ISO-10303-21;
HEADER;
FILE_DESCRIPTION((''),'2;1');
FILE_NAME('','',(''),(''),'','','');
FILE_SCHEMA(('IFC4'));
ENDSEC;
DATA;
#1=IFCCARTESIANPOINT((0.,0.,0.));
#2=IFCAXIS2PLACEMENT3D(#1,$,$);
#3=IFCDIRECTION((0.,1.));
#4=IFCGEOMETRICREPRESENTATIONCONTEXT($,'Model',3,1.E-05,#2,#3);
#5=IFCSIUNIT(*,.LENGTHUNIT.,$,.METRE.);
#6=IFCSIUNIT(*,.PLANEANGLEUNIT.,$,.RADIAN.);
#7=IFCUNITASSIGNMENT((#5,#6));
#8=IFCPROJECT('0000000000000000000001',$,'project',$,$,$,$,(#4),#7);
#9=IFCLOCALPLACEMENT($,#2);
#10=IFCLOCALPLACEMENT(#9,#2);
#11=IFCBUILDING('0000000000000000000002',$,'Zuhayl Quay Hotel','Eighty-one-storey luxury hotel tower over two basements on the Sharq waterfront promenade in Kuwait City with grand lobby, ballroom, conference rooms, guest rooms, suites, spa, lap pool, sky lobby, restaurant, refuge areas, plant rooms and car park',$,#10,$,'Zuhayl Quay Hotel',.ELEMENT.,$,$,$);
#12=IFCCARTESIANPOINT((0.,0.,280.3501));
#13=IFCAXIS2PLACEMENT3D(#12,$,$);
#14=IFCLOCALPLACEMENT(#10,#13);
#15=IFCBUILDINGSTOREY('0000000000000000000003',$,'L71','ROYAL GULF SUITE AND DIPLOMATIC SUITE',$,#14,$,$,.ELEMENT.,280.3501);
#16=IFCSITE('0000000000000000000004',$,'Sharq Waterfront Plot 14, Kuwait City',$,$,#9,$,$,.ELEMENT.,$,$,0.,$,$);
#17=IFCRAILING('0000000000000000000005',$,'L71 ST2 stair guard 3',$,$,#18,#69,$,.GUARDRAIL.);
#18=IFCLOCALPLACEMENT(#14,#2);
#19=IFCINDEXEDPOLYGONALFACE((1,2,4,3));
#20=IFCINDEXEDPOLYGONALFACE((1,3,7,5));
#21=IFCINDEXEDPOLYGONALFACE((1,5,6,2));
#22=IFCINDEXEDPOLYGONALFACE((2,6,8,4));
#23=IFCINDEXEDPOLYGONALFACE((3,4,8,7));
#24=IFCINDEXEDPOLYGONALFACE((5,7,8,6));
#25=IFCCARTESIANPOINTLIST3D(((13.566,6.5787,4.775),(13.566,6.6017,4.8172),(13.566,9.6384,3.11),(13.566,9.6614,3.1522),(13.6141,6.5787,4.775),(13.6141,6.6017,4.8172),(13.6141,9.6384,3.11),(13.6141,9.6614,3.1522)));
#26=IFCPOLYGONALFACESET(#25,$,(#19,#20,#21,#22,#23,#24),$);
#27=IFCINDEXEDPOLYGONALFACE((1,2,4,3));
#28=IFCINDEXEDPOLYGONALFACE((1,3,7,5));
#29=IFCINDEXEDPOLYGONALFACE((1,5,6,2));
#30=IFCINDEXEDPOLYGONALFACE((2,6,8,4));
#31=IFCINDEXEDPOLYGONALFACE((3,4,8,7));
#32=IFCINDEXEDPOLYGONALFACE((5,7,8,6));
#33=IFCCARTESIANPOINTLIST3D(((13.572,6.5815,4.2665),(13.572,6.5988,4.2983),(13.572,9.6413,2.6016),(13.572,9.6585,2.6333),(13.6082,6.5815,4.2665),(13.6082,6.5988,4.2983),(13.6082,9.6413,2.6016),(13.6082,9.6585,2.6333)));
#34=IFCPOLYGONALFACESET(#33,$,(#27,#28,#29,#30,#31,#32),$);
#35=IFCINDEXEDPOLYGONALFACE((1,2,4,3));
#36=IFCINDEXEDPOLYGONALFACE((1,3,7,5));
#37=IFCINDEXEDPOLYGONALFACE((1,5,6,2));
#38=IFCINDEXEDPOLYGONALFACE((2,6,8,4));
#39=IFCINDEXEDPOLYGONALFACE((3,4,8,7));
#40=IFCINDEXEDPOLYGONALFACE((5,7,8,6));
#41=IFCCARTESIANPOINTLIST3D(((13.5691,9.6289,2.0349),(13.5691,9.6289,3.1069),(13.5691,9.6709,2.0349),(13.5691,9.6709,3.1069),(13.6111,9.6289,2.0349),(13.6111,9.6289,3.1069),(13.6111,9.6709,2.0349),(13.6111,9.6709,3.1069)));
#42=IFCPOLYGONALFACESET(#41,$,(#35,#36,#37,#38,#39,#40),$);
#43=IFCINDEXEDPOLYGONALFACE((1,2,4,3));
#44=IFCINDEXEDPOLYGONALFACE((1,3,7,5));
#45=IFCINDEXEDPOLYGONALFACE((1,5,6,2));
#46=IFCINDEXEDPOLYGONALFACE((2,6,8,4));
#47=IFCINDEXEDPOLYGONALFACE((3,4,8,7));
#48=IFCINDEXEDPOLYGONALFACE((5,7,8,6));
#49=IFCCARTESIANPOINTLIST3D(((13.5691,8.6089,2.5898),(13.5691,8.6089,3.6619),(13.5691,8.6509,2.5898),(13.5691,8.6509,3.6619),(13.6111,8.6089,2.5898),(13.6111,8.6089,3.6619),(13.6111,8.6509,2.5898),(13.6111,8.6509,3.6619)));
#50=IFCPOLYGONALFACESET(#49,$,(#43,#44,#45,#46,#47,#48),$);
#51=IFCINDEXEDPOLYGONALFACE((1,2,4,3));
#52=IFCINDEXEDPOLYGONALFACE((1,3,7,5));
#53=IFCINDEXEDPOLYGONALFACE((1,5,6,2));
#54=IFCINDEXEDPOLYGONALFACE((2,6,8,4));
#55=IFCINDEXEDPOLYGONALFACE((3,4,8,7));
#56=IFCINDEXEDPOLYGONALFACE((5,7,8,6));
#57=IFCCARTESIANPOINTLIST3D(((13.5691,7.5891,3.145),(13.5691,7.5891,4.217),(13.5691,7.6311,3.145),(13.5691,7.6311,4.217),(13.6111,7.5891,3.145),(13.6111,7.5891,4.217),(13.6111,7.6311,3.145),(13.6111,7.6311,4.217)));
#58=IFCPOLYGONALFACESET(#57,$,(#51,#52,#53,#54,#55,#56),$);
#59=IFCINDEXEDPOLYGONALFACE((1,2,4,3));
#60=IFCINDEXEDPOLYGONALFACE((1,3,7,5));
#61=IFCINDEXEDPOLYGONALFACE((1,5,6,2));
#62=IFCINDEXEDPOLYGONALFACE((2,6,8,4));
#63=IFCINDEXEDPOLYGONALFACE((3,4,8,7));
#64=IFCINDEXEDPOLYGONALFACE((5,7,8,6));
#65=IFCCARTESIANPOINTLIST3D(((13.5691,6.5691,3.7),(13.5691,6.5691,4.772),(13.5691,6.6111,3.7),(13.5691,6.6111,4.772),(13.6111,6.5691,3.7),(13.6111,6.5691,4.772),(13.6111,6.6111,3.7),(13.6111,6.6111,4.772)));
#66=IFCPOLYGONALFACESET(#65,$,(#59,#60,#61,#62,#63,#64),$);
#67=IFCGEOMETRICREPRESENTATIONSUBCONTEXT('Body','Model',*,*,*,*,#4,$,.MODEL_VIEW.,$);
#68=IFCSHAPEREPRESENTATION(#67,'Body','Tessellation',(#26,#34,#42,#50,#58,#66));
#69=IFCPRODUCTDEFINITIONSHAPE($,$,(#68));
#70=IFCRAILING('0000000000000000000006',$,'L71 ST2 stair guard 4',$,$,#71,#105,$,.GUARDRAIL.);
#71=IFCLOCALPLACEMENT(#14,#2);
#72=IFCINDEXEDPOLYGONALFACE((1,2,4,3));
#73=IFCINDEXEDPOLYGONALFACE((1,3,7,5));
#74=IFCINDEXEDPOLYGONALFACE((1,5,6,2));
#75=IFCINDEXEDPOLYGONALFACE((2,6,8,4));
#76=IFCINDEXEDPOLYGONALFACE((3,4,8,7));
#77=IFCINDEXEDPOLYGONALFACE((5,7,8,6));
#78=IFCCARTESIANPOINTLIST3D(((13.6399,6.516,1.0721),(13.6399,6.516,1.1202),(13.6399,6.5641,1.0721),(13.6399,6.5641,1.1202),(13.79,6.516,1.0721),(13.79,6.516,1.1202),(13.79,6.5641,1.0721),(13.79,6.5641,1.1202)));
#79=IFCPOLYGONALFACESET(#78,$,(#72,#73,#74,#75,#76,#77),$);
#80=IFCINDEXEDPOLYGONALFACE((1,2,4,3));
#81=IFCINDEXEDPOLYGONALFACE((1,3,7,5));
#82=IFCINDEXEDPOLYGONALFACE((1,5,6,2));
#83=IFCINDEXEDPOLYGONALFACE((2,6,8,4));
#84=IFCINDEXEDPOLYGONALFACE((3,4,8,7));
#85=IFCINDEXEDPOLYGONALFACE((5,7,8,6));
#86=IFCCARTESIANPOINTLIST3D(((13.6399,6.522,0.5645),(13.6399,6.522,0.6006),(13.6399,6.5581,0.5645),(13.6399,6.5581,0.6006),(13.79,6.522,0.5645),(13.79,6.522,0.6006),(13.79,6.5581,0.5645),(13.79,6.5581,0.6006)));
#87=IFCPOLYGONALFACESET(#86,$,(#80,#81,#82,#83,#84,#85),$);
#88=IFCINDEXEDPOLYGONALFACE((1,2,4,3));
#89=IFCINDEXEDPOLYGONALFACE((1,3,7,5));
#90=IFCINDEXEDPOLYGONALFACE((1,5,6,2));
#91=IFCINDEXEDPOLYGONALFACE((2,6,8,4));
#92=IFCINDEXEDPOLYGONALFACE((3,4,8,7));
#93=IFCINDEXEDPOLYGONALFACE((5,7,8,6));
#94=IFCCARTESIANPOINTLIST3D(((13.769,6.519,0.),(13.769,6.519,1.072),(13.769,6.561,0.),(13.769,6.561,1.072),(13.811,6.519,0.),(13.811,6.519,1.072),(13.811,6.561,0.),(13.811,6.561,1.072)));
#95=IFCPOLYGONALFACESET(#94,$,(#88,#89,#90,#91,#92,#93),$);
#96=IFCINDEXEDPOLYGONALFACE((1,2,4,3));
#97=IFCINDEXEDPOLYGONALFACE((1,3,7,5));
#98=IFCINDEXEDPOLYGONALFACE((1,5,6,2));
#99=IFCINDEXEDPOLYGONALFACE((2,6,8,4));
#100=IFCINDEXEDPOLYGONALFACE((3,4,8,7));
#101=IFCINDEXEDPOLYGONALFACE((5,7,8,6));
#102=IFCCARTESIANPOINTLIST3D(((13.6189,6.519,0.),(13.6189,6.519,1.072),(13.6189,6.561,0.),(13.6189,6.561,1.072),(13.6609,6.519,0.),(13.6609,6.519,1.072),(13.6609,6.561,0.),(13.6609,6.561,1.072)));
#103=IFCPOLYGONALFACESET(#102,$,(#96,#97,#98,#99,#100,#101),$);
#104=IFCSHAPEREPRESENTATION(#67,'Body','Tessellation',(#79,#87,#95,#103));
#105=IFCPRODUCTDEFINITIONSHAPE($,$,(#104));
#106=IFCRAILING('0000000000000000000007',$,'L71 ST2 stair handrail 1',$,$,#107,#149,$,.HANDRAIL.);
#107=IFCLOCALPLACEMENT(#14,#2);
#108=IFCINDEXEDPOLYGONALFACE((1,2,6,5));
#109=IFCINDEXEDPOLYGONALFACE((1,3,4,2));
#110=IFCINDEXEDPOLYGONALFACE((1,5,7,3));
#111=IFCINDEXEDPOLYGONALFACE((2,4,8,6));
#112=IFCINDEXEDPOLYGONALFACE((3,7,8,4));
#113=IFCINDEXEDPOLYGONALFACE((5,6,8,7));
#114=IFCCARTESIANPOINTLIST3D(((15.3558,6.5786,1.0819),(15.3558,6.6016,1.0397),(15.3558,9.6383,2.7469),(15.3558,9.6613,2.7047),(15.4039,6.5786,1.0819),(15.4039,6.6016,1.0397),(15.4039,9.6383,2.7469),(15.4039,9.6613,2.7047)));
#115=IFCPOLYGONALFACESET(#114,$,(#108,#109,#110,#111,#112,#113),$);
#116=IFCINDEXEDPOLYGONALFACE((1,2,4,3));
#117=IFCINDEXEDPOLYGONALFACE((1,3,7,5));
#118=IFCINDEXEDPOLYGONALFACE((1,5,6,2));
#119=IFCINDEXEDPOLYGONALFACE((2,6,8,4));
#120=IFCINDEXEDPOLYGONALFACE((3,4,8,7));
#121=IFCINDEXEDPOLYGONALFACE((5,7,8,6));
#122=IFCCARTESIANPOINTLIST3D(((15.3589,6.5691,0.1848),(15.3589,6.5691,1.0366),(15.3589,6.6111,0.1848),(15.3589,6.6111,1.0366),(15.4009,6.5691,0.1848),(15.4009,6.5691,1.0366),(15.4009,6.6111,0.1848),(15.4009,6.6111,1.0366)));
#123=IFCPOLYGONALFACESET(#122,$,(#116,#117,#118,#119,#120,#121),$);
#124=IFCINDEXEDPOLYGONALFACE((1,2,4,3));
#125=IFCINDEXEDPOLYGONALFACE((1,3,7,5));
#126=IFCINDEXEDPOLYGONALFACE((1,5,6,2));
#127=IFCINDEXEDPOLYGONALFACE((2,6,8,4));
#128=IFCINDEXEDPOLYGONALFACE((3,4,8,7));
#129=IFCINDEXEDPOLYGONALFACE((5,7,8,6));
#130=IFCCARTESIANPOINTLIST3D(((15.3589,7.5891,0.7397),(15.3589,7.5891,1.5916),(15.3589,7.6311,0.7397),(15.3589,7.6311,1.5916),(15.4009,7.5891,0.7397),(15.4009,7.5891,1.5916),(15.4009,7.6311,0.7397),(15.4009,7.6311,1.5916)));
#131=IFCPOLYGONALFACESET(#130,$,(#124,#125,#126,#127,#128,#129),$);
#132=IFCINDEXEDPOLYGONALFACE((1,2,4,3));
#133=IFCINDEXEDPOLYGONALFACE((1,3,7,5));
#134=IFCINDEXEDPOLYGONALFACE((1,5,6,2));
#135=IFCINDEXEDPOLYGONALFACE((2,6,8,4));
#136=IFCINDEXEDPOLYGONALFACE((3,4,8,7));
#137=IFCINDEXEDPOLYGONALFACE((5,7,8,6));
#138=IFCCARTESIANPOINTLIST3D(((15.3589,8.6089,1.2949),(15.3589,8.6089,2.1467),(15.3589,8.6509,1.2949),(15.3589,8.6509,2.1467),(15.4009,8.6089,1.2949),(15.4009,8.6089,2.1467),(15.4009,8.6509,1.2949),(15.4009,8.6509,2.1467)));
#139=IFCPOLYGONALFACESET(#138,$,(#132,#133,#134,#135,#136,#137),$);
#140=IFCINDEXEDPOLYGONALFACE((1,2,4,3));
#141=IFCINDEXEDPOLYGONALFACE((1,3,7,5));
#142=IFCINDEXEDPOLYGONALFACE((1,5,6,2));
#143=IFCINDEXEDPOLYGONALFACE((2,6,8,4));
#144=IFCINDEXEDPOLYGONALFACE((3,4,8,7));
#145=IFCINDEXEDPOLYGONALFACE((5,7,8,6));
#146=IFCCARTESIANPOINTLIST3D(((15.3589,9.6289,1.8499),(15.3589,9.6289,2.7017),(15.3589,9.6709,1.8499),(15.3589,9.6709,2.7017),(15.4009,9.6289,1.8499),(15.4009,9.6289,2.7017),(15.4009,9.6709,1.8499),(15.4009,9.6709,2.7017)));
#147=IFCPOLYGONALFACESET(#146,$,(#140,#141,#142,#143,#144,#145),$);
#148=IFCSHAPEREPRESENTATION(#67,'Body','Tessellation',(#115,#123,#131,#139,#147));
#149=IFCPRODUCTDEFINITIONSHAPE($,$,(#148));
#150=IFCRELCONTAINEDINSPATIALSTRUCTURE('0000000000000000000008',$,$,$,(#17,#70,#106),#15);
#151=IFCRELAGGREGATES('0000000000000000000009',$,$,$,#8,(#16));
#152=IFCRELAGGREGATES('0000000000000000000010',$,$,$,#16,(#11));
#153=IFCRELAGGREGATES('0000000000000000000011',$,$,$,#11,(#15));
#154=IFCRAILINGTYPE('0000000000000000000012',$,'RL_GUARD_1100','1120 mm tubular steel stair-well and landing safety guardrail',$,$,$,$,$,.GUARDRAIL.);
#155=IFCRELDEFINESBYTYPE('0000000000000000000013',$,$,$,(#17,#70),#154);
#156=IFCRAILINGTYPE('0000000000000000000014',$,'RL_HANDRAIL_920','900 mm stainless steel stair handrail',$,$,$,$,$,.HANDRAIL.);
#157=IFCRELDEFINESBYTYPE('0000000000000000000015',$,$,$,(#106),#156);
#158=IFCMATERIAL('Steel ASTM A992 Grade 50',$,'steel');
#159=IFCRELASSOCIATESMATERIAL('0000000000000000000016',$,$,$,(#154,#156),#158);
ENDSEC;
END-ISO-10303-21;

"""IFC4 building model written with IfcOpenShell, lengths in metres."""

from ifc_helpers import new_model, si_unit, direction, frame, origin, origin_2d, place, context, subcontext, project, spatial, rectangle, extrude, material, type_object, element, save


model = new_model("IFC4")

# Units and contexts
model_context = context("Model", 3, precision=1e-05, world=origin(), true_north=direction((0.0, 1.0)))
body_context = subcontext(model_context, "Body", "Model", "MODEL_VIEW")
ifc_project = project(units=[si_unit("LENGTHUNIT", "METRE"), si_unit("PLANEANGLEUNIT", "RADIAN")], contexts=[model_context])

# Site, building, storey
site_placement = place(None, origin())
site = spatial("IfcSite", under=ifc_project, at=site_placement, Name="Sharq Waterfront Plot 14, Kuwait City", CompositionType="ELEMENT", RefElevation=0.0)
building_placement = place(site_placement, origin())
building = spatial("IfcBuilding", under=site, at=building_placement, Name="Zuhayl Quay Hotel", Description="Eighty-one-storey luxury hotel tower over two basements on the Sharq waterfront promenade in Kuwait City with grand lobby, ballroom, conference rooms, guest rooms, suites, spa, lap pool, sky lobby, restaurant, refuge areas, plant rooms and car park", LongName="Zuhayl Quay Hotel", CompositionType="ELEMENT")
storey_placement = place(building_placement, frame((0.0, 0.0, 280.3501)))
storey = spatial("IfcBuildingStorey", under=building, at=storey_placement, Name="L71", Description="ROYAL GULF SUITE AND DIPLOMATIC SUITE", CompositionType="ELEMENT", Elevation=280.3501)

# Shared definitions
ifc_material_1 = material(Name="Steel ASTM A992 Grade 50", Category="steel")

# Railings
railing_type_1 = type_object("IfcRailingType", Name="RL_GUARD_1100", Description="1120 mm tubular steel stair-well and landing safety guardrail", PredefinedType="GUARDRAIL", material=ifc_material_1)
railing_1_placement = place(storey_placement, frame((13.5901, 9.6499, 2.0349)))
element("IfcRailing", 1, at=railing_1_placement, inside=storey, type_object=railing_type_1, Name="L71 ST2 stair guard 3", PredefinedType="GUARDRAIL", context=body_context, shape_type="SweptSolid", body=[
    extrude(rectangle(XDim=0.0481, YDim=0.0481, at=origin_2d()), frame((0.0, 0.0, 1.0962), z_axis=(0.0, -0.878372, 0.477978), x_axis=(1.0, 0.0, 0.0)), (0.0, 0.0, 1.0), 3.4834),
    extrude(rectangle(XDim=0.0361, YDim=0.0361, at=origin_2d()), frame((0.0, 0.0, 0.5825), z_axis=(0.0, -0.878372, 0.477978), x_axis=(1.0, 0.0, 0.0)), (0.0, 0.0, 1.0), 3.4834),
    extrude(rectangle(XDim=0.042, YDim=0.042, at=origin_2d()), origin(), (0.0, 0.0, 1.0), 1.072),
    extrude(rectangle(XDim=0.042, YDim=0.042, at=origin_2d()), frame((0.0, -1.02, 0.5549)), (0.0, 0.0, 1.0), 1.072),
    extrude(rectangle(XDim=0.042, YDim=0.042, at=origin_2d()), frame((0.0, -2.0398, 1.1101)), (0.0, 0.0, 1.0), 1.072),
    extrude(rectangle(XDim=0.042, YDim=0.042, at=origin_2d()), frame((0.0, -3.0598, 1.665)), (0.0, 0.0, 1.0), 1.072),
])
railing_2_placement = place(storey_placement, frame((13.79, 6.54, 0.0)))
element("IfcRailing", 2, at=railing_2_placement, inside=storey, type_object=railing_type_1, Name="L71 ST2 stair guard 4", PredefinedType="GUARDRAIL", context=body_context, shape_type="SweptSolid", body=[
    extrude(rectangle(XDim=0.0481, YDim=0.0481, at=origin_2d()), frame((0.0, 0.0, 1.0962), z_axis=(-1.0, 0.0, 0.0), x_axis=(0.0, -1.0, 0.0)), (0.0, 0.0, 1.0), 0.1501),
    extrude(rectangle(XDim=0.0361, YDim=0.0361, at=origin_2d()), frame((0.0, 0.0, 0.5825), z_axis=(-1.0, 0.0, 0.0), x_axis=(0.0, -1.0, 0.0)), (0.0, 0.0, 1.0), 0.1501),
    extrude(rectangle(XDim=0.042, YDim=0.042, at=origin_2d()), origin(), (0.0, 0.0, 1.0), 1.072),
    extrude(rectangle(XDim=0.042, YDim=0.042, at=origin_2d()), frame((-0.1501, 0.0, 0.0)), (0.0, 0.0, 1.0), 1.072),
])
railing_type_2 = type_object("IfcRailingType", Name="RL_HANDRAIL_920", Description="900 mm stainless steel stair handrail", PredefinedType="HANDRAIL", material=ifc_material_1)
railing_3_placement = place(storey_placement, frame((15.3799, 6.5901, 0.1848)))
element("IfcRailing", 3, at=railing_3_placement, inside=storey, type_object=railing_type_2, Name="L71 ST2 stair handrail 1", PredefinedType="HANDRAIL", context=body_context, shape_type="SweptSolid", body=[
    extrude(rectangle(XDim=0.0481, YDim=0.0481, at=origin_2d()), frame((0.0, 0.0, 0.876), z_axis=(0.0, 0.878372, 0.477978), x_axis=(-1.0, 0.0, 0.0)), (0.0, 0.0, 1.0), 3.4834),
    extrude(rectangle(XDim=0.042, YDim=0.042, at=origin_2d()), origin(), (0.0, 0.0, 1.0), 0.8518),
    extrude(rectangle(XDim=0.042, YDim=0.042, at=origin_2d()), frame((0.0, 1.02, 0.5549)), (0.0, 0.0, 1.0), 0.8518),
    extrude(rectangle(XDim=0.042, YDim=0.042, at=origin_2d()), frame((0.0, 2.0398, 1.1101)), (0.0, 0.0, 1.0), 0.8518),
    extrude(rectangle(XDim=0.042, YDim=0.042, at=origin_2d()), frame((0.0, 3.0598, 1.665)), (0.0, 0.0, 1.0), 0.8518),
])

save(model, "model.ifc")
